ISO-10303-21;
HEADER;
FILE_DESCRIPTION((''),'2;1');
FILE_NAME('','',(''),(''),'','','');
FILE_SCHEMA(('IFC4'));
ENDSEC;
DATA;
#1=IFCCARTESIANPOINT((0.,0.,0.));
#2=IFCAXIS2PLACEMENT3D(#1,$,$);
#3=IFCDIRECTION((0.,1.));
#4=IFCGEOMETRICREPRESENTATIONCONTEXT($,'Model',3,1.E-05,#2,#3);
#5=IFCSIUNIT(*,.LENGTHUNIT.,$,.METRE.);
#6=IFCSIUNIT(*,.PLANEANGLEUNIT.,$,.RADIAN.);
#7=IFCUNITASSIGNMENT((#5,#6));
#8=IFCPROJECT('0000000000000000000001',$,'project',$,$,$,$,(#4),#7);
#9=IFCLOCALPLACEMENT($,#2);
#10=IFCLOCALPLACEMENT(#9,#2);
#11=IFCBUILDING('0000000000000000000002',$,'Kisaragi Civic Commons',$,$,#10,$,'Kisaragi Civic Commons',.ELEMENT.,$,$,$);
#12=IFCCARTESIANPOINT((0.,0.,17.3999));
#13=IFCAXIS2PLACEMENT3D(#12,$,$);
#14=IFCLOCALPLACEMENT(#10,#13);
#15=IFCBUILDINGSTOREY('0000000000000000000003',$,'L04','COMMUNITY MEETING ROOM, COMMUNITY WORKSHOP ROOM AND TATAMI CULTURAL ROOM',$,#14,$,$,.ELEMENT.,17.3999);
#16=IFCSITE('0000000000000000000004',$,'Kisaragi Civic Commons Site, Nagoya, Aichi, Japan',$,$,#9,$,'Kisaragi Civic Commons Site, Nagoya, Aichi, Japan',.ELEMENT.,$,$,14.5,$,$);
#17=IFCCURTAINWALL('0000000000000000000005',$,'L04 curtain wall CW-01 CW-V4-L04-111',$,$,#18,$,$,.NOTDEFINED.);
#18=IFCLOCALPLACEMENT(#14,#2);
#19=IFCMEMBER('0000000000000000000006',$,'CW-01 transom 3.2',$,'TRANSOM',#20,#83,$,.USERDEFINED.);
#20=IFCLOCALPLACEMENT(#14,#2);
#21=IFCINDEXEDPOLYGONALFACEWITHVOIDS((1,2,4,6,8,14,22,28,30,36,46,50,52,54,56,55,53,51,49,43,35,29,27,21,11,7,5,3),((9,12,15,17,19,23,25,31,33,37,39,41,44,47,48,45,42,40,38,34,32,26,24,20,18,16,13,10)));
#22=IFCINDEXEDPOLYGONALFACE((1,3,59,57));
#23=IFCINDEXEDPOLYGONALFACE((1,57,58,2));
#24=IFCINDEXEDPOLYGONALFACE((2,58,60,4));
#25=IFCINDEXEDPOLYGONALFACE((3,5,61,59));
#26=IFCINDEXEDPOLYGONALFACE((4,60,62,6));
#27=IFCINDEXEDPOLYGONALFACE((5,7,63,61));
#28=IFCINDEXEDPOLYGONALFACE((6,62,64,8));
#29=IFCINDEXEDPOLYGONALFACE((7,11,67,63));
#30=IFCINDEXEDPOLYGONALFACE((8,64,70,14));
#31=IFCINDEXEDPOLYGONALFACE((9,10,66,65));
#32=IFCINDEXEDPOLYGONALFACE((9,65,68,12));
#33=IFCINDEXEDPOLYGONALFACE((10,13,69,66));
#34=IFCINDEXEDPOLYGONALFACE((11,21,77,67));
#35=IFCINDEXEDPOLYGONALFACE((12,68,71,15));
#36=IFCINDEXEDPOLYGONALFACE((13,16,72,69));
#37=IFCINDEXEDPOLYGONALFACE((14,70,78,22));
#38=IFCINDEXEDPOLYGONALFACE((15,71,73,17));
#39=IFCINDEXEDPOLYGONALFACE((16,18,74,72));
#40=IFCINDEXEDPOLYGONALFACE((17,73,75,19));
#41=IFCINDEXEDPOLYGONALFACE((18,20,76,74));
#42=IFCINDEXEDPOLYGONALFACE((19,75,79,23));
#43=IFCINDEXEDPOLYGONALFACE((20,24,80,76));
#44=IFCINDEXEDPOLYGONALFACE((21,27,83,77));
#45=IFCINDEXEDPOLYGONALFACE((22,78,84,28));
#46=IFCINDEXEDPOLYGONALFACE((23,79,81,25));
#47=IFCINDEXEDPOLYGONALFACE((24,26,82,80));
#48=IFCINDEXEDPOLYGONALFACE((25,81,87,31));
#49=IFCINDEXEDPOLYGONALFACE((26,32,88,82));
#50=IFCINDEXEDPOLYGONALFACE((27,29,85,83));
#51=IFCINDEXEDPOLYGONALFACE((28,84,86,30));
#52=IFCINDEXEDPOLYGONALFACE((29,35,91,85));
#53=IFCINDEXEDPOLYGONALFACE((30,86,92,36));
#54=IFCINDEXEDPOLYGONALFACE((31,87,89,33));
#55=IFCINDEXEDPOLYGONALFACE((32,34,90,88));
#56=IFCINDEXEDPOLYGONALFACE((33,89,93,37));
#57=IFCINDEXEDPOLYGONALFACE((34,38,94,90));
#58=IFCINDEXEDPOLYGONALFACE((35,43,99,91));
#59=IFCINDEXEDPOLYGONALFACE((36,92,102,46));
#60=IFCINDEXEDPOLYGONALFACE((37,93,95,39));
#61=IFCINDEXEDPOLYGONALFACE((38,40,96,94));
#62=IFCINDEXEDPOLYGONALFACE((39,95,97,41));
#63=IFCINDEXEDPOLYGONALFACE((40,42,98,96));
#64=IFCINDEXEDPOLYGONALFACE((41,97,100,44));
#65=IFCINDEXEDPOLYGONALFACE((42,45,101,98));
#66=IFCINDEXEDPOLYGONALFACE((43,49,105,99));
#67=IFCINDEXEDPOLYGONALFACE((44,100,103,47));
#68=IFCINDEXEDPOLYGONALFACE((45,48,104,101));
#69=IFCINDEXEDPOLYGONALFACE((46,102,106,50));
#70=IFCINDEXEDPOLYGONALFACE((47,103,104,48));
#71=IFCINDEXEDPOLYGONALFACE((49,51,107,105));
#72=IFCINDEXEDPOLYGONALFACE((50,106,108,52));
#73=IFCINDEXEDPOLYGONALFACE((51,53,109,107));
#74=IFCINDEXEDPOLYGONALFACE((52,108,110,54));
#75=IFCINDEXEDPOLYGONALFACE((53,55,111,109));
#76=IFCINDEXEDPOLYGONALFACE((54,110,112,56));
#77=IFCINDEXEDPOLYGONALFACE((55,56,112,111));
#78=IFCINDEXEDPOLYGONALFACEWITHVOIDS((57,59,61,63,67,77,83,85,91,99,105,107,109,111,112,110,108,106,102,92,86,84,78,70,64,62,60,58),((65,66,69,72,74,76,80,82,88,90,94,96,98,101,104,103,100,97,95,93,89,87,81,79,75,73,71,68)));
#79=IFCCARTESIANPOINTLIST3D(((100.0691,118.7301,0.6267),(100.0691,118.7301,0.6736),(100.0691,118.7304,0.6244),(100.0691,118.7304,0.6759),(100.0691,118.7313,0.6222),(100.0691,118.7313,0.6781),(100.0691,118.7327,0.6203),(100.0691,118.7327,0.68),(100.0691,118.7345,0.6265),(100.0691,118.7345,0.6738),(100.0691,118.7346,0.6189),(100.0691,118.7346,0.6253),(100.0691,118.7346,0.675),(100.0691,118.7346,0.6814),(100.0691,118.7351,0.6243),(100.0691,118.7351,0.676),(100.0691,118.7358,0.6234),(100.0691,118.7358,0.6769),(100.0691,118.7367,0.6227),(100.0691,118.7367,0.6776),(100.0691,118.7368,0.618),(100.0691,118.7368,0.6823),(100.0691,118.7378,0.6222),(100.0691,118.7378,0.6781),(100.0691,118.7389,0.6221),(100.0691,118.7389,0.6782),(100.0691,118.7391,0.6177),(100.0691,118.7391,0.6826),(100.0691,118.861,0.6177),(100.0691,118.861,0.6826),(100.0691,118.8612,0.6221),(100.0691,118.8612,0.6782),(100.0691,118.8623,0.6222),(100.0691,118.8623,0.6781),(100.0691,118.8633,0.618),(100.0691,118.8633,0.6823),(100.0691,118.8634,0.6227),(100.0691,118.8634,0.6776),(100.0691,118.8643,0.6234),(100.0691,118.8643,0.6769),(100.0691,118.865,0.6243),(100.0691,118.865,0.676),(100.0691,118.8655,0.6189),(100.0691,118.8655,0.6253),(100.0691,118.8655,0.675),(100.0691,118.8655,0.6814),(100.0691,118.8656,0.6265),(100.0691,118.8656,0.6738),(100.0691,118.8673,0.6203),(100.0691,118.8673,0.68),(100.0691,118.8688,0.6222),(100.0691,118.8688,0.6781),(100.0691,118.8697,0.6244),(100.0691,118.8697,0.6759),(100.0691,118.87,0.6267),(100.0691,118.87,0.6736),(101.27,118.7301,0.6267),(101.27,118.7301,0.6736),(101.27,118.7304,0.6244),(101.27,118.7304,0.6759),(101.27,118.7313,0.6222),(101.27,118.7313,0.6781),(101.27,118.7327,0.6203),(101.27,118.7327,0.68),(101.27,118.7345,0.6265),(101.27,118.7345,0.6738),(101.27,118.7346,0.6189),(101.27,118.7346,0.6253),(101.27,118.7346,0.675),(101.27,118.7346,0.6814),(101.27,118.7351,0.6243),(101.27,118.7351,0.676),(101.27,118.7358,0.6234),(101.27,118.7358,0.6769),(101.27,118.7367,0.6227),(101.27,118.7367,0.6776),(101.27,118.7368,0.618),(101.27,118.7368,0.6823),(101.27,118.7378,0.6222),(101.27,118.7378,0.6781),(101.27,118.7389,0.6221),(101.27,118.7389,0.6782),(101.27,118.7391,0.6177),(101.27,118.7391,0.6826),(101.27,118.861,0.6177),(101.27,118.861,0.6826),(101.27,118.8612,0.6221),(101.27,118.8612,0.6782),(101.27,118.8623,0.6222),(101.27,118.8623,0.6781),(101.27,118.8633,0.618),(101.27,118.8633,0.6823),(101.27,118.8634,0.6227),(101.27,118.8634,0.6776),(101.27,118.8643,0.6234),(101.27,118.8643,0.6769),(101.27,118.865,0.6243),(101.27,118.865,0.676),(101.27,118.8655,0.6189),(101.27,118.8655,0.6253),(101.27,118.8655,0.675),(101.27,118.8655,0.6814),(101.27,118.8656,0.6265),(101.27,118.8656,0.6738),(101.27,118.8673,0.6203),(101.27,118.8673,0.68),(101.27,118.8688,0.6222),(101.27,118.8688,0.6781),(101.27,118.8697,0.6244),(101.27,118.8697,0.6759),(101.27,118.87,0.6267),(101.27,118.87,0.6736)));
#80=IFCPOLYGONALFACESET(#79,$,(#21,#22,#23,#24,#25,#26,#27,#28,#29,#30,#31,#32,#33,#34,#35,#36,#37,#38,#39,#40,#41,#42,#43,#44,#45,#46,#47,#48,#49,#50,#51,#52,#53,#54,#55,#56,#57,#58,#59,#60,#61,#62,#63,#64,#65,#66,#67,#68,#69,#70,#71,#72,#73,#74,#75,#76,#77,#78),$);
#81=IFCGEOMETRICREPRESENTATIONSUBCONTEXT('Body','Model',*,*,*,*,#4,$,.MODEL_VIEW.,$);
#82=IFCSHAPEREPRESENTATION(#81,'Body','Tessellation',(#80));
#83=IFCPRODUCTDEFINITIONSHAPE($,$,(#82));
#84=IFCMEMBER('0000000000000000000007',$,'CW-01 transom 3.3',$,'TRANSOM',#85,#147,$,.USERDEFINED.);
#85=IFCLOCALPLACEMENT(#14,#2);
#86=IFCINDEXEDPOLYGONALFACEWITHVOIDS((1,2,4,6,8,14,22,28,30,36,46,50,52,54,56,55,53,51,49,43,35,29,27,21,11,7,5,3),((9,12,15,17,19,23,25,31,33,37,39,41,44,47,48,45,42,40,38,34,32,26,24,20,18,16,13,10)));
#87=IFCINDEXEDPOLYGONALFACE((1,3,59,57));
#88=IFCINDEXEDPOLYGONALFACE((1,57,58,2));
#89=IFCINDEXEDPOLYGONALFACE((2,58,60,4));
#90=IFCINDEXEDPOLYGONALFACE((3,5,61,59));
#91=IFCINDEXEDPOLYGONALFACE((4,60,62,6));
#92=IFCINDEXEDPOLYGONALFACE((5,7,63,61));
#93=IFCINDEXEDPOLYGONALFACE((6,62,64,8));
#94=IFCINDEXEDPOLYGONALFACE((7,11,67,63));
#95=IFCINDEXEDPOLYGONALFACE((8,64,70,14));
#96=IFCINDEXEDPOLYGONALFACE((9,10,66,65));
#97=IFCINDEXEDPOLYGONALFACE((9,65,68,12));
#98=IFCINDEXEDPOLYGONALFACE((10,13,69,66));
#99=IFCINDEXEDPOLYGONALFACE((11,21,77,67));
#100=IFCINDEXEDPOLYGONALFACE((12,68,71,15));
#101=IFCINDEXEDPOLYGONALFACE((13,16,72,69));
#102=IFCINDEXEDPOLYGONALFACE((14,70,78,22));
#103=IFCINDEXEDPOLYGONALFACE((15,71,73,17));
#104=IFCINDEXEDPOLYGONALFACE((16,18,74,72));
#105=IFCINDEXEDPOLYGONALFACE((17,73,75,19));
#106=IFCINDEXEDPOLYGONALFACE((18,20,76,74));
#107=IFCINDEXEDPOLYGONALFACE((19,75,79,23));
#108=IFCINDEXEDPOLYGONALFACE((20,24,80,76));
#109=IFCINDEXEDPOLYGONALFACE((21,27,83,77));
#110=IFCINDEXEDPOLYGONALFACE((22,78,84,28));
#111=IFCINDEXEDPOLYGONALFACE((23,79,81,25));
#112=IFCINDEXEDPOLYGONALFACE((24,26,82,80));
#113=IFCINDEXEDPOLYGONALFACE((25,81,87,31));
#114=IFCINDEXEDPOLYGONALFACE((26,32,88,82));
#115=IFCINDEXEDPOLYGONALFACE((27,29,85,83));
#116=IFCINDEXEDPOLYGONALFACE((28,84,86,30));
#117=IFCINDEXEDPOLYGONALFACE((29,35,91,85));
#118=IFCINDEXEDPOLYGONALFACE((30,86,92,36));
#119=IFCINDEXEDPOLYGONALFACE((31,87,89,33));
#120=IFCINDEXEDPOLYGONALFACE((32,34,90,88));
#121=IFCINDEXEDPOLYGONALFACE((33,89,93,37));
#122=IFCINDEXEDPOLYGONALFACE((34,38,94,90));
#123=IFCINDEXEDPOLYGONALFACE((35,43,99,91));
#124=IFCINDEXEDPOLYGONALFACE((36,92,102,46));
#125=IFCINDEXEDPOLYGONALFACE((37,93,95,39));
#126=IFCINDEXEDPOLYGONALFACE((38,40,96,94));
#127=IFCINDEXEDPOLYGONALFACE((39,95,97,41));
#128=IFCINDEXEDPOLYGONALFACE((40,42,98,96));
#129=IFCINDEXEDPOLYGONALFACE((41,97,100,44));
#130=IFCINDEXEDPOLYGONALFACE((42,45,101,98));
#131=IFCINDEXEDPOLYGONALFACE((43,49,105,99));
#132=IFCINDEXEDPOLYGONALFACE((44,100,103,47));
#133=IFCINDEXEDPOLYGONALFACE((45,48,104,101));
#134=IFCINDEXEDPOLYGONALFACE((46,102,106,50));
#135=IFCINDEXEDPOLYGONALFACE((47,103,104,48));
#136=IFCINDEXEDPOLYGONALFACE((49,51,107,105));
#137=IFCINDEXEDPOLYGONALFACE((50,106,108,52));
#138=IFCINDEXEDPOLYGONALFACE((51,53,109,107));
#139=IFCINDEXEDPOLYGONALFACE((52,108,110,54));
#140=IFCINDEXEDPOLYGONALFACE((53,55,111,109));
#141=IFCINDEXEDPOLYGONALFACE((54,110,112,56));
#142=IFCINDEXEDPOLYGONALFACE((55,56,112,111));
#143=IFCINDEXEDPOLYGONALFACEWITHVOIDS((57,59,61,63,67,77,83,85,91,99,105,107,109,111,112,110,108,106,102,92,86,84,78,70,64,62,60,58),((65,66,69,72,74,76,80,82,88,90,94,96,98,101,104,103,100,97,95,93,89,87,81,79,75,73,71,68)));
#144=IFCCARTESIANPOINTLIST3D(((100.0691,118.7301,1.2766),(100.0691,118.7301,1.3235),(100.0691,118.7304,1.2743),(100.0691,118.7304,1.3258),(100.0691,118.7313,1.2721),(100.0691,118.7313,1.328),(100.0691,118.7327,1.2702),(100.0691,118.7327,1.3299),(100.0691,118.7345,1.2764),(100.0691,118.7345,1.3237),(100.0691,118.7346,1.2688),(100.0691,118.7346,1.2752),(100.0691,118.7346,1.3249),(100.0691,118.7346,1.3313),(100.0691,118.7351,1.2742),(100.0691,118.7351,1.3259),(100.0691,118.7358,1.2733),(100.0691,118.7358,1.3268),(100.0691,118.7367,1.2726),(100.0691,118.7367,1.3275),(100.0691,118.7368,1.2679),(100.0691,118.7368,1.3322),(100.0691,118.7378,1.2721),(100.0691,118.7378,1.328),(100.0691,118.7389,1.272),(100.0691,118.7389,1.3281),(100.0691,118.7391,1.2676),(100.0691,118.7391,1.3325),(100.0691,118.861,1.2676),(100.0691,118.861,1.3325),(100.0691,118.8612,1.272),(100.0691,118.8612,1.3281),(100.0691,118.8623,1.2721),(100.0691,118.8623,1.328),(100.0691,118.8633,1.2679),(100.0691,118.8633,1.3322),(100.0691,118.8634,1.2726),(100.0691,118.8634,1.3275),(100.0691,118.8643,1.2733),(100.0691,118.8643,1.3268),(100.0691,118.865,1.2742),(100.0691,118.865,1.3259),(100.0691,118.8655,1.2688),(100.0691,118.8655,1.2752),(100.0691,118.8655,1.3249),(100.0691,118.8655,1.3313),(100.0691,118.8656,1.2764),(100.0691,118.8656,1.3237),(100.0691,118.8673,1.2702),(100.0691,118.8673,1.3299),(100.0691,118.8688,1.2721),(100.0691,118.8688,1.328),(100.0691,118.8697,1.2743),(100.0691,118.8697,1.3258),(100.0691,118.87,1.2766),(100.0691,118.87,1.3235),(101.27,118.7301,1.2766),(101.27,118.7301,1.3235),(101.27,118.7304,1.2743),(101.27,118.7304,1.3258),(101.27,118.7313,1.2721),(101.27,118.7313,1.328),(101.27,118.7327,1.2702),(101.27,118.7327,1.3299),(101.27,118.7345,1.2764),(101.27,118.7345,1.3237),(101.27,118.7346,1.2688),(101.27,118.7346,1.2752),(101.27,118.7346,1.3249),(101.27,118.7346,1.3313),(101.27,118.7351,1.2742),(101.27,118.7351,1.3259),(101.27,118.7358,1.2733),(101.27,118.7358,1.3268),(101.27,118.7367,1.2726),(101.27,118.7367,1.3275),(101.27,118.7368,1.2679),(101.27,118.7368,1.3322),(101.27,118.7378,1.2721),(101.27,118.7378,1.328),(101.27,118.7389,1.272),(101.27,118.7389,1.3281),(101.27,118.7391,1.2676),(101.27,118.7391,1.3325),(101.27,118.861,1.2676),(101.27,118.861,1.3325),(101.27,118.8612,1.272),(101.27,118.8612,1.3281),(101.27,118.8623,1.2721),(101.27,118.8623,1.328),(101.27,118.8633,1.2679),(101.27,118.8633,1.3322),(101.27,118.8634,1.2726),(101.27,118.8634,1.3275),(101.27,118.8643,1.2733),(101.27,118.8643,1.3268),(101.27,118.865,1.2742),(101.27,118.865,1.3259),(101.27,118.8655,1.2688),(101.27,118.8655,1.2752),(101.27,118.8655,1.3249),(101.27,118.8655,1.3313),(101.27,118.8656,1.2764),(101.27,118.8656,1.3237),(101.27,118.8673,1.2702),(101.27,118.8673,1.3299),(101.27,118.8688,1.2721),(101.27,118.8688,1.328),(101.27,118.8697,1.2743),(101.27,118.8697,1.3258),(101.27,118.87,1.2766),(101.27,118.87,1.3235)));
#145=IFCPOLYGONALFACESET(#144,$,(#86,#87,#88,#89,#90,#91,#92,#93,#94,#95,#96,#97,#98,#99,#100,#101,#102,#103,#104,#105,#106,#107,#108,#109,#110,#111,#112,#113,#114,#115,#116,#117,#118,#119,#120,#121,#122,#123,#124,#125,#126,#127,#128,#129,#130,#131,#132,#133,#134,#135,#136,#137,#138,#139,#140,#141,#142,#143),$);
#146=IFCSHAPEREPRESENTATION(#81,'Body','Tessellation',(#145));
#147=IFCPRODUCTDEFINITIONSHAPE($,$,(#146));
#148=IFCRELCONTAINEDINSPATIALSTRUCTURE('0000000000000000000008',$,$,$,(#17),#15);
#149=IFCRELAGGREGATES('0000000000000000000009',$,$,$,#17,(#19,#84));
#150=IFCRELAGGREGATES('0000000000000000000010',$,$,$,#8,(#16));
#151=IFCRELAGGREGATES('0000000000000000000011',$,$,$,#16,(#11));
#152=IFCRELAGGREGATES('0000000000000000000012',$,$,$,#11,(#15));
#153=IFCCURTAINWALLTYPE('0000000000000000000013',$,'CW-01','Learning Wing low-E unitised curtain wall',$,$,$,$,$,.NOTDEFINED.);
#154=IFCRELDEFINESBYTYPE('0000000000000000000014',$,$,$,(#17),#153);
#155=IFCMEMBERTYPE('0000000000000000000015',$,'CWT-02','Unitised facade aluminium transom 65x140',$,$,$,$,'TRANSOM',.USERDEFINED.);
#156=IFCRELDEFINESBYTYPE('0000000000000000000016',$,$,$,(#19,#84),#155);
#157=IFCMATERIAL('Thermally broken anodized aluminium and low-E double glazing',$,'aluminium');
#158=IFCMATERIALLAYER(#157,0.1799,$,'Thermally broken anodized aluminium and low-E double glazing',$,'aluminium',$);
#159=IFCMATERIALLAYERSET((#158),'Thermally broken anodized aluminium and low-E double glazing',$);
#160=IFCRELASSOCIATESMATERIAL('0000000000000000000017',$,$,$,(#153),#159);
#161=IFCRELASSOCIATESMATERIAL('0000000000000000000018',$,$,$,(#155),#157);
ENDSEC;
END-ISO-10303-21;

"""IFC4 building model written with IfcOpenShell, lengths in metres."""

from ifc_helpers import new_model, si_unit, direction, frame, origin, origin_2d, place, context, subcontext, project, spatial, hollow_rectangle, extrude, material, layer, layer_set, material_profile, profile_set, type_object, element, aggregate, save


model = new_model("IFC4")

# Units and contexts
model_context = context("Model", 3, precision=1e-05, world=origin(), true_north=direction((0.0, 1.0)))
body_context = subcontext(model_context, "Body", "Model", "MODEL_VIEW")
ifc_project = project(units=[si_unit("LENGTHUNIT", "METRE"), si_unit("PLANEANGLEUNIT", "RADIAN")], contexts=[model_context])

# Site, building, storey
site_placement = place(None, origin())
site = spatial("IfcSite", under=ifc_project, at=site_placement, Name="Kisaragi Civic Commons Site, Nagoya, Aichi, Japan", LongName="Kisaragi Civic Commons Site, Nagoya, Aichi, Japan", CompositionType="ELEMENT", RefElevation=14.5)
building_placement = place(site_placement, origin())
building = spatial("IfcBuilding", under=site, at=building_placement, Name="Kisaragi Civic Commons", LongName="Kisaragi Civic Commons", CompositionType="ELEMENT")
storey_placement = place(building_placement, frame((0.0, 0.0, 17.3999)))
storey = spatial("IfcBuildingStorey", under=building, at=storey_placement, Name="L04", Description="COMMUNITY MEETING ROOM, COMMUNITY WORKSHOP ROOM AND TATAMI CULTURAL ROOM", CompositionType="ELEMENT", Elevation=17.3999)

# Curtain wall
ifc_material_1 = material(Name="Thermally broken anodized aluminium and low-E double glazing", Category="aluminium")
ifc_layer_1 = layer(ifc_material_1, 0.1799, Name="Thermally broken anodized aluminium and low-E double glazing", Category="aluminium")
ifc_layer_set_1 = layer_set([ifc_layer_1], Name="Thermally broken anodized aluminium and low-E double glazing")
curtain_wall_type = type_object("IfcCurtainWallType", Name="CW-01", Description="Learning Wing low-E unitised curtain wall", PredefinedType="NOTDEFINED", material=ifc_layer_set_1)
curtain_wall_1_placement = place(storey_placement, origin())
curtain_wall_1 = element("IfcCurtainWall", 1, at=curtain_wall_1_placement, inside=storey, type_object=curtain_wall_type, Name="L04 curtain wall CW-01 CW-V4-L04-111", PredefinedType="NOTDEFINED")

# Members
ifc_material_profile_1 = material_profile(ifc_material_1, hollow_rectangle(XDim=0.1399, YDim=0.0649, WallThickness=0.0044, InnerFilletRadius=0.0044, OuterFilletRadius=0.009, at=origin_2d()), Name="CWT-65x140x4.5", Category="aluminium")
ifc_profile_set_1 = profile_set([ifc_material_profile_1], Name="Thermally broken anodized aluminium and low-E double glazing")
member_type_1 = type_object("IfcMemberType", Name="CWT-02", Description="Unitised facade aluminium transom 65x140", ElementType="TRANSOM", PredefinedType="USERDEFINED", material=ifc_profile_set_1)
member_1_placement = place(storey_placement, frame((100.0691, 118.8, 0.6501), z_axis=(1.0, 0.0, 0.0), x_axis=(0.0, 1.0, 0.0)))
member_1 = element("IfcMember", 2, at=member_1_placement, type_object=member_type_1, Name="CW-01 transom 3.2", ObjectType="TRANSOM", PredefinedType="USERDEFINED", context=body_context, shape_type="SweptSolid", body=[
    extrude(hollow_rectangle(XDim=0.1399, YDim=0.0649, WallThickness=0.0044, InnerFilletRadius=0.0044, OuterFilletRadius=0.009, at=origin_2d()), origin(), (0.0, 0.0, 1.0), 1.2009),
])
member_2_placement = place(storey_placement, frame((100.0691, 118.8, 1.3), z_axis=(1.0, 0.0, 0.0), x_axis=(0.0, 1.0, 0.0)))
member_2 = element("IfcMember", 3, at=member_2_placement, type_object=member_type_1, Name="CW-01 transom 3.3", ObjectType="TRANSOM", PredefinedType="USERDEFINED", context=body_context, shape_type="SweptSolid", body=[
    extrude(hollow_rectangle(XDim=0.1399, YDim=0.0649, WallThickness=0.0044, InnerFilletRadius=0.0044, OuterFilletRadius=0.009, at=origin_2d()), origin(), (0.0, 0.0, 1.0), 1.2009),
])

aggregate(curtain_wall_1, [member_1, member_2])

save(model, "model.ifc")
